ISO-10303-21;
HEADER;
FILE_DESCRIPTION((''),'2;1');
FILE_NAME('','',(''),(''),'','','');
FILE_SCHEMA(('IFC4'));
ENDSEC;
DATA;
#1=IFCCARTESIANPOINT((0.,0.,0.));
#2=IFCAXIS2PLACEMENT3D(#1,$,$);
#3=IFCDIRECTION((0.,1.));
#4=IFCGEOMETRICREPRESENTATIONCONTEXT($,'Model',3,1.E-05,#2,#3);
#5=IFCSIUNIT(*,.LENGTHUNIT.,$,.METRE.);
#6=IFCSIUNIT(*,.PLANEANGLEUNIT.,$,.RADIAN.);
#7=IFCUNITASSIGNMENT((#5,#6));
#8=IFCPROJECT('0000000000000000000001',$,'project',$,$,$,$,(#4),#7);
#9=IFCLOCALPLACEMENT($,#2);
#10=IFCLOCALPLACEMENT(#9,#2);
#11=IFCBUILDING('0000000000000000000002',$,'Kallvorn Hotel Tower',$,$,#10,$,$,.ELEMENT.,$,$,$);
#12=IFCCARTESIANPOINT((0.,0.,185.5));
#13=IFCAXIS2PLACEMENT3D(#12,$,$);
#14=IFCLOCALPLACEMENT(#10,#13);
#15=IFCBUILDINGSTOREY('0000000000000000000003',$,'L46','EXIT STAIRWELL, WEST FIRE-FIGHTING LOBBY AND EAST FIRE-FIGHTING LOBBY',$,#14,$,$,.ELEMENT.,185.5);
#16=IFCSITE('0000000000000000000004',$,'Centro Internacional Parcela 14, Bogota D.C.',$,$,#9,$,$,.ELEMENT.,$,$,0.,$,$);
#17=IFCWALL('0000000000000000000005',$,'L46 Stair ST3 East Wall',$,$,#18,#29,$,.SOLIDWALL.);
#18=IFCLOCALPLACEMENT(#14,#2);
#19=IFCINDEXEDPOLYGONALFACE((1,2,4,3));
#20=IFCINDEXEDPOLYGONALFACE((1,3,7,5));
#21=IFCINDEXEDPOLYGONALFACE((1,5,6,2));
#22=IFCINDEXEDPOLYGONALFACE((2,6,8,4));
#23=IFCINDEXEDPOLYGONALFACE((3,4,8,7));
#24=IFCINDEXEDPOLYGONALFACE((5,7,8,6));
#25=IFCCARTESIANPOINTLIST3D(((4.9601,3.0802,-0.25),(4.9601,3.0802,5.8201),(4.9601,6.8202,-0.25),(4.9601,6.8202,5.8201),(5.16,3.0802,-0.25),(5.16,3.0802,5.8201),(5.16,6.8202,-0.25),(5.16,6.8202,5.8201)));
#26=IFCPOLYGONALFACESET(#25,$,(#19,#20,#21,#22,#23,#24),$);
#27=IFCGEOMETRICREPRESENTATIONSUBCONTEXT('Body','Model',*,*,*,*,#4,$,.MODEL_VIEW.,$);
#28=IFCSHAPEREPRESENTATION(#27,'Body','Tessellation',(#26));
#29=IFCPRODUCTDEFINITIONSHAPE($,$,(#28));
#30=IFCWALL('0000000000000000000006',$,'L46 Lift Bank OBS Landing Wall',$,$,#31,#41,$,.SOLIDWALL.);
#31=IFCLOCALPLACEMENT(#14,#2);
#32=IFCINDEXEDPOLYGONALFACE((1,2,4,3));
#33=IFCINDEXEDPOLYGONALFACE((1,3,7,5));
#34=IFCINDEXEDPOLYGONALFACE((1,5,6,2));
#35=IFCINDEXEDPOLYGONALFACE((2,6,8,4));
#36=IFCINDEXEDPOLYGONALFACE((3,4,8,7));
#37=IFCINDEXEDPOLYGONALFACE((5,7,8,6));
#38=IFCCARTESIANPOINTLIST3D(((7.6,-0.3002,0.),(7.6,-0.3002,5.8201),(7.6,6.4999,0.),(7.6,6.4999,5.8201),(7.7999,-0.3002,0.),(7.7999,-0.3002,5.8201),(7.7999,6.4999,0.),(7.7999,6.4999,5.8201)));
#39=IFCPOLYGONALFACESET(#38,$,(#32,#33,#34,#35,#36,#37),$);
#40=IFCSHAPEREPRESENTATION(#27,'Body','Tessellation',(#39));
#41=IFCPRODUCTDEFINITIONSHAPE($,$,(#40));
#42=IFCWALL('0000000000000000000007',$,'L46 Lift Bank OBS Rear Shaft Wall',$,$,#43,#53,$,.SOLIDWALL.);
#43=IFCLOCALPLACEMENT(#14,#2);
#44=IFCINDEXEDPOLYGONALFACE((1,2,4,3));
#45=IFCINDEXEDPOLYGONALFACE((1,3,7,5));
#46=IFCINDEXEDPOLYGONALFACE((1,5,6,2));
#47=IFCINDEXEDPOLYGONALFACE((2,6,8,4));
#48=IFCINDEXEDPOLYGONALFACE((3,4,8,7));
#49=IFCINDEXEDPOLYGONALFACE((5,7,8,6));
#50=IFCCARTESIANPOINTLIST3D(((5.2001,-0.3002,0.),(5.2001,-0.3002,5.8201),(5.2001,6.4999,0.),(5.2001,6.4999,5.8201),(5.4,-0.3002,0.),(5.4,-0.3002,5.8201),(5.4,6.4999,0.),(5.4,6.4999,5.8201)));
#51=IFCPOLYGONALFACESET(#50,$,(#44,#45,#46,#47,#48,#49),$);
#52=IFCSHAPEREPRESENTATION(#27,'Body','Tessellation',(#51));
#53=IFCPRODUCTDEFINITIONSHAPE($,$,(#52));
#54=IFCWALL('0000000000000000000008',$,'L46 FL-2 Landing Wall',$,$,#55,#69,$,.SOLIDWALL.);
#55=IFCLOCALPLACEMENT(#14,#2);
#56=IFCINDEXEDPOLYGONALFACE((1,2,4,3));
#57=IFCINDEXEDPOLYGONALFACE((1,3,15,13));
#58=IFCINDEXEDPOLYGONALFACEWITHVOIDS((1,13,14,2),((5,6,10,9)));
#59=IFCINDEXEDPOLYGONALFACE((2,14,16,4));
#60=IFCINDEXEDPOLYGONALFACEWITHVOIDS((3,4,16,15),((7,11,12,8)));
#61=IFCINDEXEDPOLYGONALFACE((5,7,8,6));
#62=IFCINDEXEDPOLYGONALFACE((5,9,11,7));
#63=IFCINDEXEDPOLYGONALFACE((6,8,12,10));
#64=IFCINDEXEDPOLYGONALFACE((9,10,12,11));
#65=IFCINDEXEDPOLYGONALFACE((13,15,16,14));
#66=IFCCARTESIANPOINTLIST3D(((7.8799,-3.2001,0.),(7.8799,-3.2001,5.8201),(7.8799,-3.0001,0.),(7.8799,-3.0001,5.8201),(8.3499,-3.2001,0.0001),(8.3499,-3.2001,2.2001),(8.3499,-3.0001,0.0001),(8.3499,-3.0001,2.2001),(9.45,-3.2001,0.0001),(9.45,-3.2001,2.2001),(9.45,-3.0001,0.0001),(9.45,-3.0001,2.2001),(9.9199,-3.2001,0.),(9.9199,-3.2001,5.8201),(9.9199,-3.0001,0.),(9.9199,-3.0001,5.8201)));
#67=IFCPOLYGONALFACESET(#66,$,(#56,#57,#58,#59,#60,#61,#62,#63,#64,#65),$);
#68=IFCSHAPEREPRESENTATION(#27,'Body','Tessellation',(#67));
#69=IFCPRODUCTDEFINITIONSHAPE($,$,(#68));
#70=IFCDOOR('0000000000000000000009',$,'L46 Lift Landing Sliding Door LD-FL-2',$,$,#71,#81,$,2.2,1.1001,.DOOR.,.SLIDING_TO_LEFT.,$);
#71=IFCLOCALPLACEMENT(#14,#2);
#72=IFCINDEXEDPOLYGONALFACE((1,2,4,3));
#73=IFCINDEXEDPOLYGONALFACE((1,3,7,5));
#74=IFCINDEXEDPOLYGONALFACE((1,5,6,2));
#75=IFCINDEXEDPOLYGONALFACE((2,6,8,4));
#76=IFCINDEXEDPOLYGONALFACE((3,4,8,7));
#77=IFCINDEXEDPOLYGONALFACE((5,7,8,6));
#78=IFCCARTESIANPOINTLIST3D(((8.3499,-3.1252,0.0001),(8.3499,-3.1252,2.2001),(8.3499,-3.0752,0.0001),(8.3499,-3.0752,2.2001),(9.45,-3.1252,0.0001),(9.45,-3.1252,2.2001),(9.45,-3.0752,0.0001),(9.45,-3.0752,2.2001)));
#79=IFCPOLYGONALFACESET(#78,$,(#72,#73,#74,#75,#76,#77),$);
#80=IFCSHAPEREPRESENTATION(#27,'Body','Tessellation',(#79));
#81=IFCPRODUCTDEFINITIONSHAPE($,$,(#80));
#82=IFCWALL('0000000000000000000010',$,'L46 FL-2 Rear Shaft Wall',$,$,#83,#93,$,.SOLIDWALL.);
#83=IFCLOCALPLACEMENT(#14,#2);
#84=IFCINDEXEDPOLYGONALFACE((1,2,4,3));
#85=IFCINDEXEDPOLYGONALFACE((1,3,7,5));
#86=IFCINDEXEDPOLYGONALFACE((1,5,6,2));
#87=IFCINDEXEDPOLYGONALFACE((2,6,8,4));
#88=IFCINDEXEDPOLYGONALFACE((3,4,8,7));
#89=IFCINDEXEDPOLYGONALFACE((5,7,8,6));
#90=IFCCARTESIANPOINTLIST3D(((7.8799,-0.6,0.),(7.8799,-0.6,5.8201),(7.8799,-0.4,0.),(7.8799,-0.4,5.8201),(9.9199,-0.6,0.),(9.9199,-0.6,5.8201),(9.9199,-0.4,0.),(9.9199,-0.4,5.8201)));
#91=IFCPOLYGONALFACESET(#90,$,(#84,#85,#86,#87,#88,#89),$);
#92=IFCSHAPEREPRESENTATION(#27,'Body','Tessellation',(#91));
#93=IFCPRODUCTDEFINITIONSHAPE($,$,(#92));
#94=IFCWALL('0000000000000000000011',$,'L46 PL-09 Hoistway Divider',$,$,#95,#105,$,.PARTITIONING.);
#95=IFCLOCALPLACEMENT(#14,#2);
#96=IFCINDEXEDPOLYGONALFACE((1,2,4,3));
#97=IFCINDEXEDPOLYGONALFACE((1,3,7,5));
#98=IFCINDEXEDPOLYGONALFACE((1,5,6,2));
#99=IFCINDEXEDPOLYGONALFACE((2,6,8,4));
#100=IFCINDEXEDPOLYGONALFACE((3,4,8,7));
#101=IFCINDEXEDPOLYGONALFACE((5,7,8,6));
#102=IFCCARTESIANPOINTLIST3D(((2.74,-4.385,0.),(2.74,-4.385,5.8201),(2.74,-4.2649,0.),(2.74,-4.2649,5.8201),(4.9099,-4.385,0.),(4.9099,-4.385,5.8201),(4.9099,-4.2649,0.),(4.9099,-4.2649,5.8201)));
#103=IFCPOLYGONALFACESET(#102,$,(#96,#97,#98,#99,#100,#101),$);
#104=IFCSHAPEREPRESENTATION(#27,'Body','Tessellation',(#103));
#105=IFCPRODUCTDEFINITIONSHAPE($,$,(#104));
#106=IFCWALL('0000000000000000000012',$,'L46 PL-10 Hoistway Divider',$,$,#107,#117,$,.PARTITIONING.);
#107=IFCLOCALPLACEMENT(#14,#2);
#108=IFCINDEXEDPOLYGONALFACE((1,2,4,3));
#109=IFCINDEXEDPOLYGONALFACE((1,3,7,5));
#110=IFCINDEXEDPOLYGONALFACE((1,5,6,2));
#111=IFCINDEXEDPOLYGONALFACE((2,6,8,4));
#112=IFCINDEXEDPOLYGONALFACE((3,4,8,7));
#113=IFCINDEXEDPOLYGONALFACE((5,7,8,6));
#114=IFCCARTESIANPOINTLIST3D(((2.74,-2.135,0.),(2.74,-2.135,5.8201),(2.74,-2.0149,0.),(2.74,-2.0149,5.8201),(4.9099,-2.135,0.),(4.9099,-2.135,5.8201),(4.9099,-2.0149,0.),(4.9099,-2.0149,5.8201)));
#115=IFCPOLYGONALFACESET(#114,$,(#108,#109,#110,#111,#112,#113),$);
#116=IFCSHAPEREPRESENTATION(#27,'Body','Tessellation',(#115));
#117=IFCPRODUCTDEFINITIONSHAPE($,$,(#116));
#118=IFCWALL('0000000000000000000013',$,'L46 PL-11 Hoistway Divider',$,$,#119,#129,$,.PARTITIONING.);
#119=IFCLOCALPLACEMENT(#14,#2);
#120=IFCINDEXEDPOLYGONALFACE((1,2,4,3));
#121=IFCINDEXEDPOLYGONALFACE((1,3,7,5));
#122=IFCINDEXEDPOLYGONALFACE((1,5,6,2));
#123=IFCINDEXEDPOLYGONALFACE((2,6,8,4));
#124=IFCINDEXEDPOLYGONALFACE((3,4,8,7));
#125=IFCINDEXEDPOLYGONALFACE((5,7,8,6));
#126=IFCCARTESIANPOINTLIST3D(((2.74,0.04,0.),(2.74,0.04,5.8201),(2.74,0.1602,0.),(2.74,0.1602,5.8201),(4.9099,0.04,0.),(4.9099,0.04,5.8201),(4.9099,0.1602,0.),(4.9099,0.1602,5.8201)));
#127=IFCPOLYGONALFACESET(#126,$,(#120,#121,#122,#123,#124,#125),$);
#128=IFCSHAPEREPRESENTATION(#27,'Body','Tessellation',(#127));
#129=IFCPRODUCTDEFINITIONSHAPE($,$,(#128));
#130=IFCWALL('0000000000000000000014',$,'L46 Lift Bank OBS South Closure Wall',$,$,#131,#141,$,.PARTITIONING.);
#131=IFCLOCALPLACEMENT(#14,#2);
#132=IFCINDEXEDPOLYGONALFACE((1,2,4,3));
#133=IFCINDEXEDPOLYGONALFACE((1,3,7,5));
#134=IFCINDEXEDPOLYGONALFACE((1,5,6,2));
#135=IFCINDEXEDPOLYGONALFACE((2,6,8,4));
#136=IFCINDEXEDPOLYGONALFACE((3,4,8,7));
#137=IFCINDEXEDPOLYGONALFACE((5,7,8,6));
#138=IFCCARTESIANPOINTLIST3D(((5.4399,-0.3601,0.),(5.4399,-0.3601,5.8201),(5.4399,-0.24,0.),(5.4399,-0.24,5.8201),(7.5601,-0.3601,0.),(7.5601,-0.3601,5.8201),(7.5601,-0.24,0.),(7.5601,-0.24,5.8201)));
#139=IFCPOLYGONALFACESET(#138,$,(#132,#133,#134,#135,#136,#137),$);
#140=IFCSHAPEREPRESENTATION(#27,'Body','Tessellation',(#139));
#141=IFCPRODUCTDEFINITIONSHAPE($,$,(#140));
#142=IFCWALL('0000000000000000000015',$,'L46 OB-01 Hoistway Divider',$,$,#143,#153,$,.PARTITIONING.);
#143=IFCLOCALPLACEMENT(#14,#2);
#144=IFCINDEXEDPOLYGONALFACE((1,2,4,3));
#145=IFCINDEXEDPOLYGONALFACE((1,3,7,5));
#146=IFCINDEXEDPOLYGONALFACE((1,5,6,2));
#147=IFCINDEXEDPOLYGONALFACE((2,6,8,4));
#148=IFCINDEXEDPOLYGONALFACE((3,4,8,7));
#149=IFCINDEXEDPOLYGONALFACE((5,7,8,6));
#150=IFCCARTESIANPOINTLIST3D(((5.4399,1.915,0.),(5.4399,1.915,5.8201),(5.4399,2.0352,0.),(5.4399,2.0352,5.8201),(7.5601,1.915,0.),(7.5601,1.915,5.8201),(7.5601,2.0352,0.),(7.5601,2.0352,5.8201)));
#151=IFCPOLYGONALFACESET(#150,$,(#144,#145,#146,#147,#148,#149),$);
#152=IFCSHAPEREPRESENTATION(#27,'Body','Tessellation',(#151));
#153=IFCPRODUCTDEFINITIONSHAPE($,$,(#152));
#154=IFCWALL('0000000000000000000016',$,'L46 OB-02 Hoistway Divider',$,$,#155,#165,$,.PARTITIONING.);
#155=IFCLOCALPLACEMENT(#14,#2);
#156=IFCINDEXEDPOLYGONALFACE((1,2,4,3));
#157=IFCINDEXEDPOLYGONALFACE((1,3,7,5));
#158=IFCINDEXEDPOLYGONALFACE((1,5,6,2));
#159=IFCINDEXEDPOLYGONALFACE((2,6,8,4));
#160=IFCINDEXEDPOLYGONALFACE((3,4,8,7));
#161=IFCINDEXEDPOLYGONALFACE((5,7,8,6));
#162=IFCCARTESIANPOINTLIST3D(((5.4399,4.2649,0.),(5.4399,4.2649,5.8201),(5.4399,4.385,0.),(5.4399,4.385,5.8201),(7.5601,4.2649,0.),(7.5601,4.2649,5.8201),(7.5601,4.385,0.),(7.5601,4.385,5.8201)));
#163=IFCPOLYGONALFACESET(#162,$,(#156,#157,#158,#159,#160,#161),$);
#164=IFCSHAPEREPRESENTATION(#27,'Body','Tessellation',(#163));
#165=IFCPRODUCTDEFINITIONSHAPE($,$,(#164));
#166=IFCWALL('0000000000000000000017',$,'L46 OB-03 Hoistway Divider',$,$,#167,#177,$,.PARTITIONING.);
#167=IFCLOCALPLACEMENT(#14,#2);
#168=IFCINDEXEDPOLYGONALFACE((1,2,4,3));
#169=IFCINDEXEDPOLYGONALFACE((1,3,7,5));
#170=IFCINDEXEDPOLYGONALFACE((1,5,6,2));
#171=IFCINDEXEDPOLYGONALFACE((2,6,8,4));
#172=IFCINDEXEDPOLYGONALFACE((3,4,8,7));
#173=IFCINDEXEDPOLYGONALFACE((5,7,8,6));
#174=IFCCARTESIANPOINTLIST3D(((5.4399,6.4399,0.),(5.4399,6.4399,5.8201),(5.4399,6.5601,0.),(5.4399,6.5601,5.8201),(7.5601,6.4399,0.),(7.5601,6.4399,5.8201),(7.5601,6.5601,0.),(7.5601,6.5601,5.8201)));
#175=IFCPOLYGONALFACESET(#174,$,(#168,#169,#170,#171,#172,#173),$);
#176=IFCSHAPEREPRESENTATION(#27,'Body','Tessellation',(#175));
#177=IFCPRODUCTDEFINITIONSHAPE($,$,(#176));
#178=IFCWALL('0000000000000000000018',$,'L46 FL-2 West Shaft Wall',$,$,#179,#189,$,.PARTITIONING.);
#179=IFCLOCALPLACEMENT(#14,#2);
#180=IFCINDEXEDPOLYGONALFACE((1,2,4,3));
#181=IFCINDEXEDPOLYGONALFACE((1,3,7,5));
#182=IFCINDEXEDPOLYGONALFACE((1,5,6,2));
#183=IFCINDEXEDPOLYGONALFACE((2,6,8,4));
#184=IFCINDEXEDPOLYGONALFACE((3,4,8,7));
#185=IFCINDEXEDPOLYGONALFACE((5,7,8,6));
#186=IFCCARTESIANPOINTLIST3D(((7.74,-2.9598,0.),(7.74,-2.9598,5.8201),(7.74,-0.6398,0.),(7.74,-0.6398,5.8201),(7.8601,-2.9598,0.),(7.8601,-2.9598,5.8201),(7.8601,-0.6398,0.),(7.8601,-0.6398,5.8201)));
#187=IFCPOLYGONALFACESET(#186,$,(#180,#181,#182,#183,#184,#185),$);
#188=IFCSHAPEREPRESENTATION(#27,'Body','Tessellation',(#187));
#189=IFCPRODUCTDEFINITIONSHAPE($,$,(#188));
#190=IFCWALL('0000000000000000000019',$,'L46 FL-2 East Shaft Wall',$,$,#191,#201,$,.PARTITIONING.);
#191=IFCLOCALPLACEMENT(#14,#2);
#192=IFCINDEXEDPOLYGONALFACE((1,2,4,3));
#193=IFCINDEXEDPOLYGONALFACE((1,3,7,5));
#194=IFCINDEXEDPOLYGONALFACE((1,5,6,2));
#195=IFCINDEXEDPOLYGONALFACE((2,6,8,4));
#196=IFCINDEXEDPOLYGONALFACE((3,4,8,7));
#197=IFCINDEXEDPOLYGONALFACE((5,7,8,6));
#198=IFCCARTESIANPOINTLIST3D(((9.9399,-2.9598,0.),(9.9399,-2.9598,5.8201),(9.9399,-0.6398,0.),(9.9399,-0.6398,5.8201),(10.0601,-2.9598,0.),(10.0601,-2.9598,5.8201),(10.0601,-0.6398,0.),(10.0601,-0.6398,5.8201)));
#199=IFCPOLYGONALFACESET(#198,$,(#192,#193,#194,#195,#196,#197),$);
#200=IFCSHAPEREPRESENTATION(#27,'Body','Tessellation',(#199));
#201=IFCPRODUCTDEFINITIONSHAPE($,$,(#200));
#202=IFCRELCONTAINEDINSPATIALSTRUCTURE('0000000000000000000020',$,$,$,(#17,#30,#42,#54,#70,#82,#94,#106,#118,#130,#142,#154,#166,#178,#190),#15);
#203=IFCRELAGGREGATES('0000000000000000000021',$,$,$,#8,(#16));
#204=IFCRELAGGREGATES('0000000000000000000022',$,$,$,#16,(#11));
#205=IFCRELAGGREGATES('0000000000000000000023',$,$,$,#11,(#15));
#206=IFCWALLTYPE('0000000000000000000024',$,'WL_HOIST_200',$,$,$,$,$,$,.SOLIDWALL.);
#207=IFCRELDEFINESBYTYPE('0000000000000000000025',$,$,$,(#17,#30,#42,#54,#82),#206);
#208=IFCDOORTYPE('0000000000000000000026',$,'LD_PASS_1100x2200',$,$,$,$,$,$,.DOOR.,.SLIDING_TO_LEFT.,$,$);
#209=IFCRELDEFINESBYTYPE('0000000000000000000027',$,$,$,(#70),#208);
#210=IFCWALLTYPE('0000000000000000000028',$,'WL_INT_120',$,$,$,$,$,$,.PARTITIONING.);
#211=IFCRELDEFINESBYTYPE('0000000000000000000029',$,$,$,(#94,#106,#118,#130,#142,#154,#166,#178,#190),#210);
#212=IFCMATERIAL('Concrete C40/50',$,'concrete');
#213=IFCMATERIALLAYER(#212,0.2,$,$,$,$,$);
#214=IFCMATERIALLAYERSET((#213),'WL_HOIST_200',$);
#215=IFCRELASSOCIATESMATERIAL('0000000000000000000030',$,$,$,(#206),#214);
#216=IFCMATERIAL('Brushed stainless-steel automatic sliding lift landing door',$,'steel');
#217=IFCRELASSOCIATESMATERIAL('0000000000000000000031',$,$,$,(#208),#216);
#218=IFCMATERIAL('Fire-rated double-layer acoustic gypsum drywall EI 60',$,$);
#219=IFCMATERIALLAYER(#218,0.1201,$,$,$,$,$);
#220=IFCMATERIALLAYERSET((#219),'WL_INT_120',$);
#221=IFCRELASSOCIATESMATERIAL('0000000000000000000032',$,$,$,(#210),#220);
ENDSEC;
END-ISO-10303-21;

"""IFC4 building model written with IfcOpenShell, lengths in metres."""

from ifc_helpers import new_model, si_unit, direction, frame, frame_2d, origin, place, context, subcontext, project, spatial, rectangle, extrude, material, layer, layer_set, type_object, element, fill, save


model = new_model("IFC4")

# Units and contexts
model_context = context("Model", 3, precision=1e-05, world=origin(), true_north=direction((0.0, 1.0)))
body_context = subcontext(model_context, "Body", "Model", "MODEL_VIEW")
ifc_project = project(units=[si_unit("LENGTHUNIT", "METRE"), si_unit("PLANEANGLEUNIT", "RADIAN")], contexts=[model_context])

# Site, building, storey
site_placement = place(None, origin())
site = spatial("IfcSite", under=ifc_project, at=site_placement, Name="Centro Internacional Parcela 14, Bogota D.C.", CompositionType="ELEMENT", RefElevation=0.0)
building_placement = place(site_placement, origin())
building = spatial("IfcBuilding", under=site, at=building_placement, Name="Kallvorn Hotel Tower", CompositionType="ELEMENT")
storey_placement = place(building_placement, frame((0.0, 0.0, 185.5)))
storey = spatial("IfcBuildingStorey", under=building, at=storey_placement, Name="L46", Description="EXIT STAIRWELL, WEST FIRE-FIGHTING LOBBY AND EAST FIRE-FIGHTING LOBBY", CompositionType="ELEMENT", Elevation=185.5)

# Walls
ifc_material_1 = material(Name="Concrete C40/50", Category="concrete")
ifc_layer_1 = layer(ifc_material_1, 0.2)
ifc_layer_set_1 = layer_set([ifc_layer_1], Name="WL_HOIST_200")
wall_type_1 = type_object("IfcWallType", Name="WL_HOIST_200", PredefinedType="SOLIDWALL", material=ifc_layer_set_1)
wall_1_placement = place(storey_placement, frame((5.0601, 3.0801, -0.25), z_axis=(0.0, 0.0, 1.0), x_axis=(0.0, 1.0, 0.0)))
element("IfcWall", 1, at=wall_1_placement, inside=storey, type_object=wall_type_1, Name="L46 Stair ST3 East Wall", PredefinedType="SOLIDWALL", context=body_context, shape_type="SweptSolid", body=[
    extrude(rectangle(XDim=3.74, YDim=0.2, at=frame_2d((1.8701, 0.0))), origin(), (0.0, 0.0, 1.0), 6.0701),
])
for number, where, z_axis, x_axis, name in (
    (2, (7.7, -0.3, 0.0), (0.0, 0.0, 1.0), (0.0, 1.0, 0.0), "L46 Lift Bank OBS Landing Wall"),
    (3, (5.3, -0.3, 0.0), (0.0, 0.0, 1.0), (0.0, 1.0, 0.0), "L46 Lift Bank OBS Rear Shaft Wall"),
):
    element("IfcWall", number, at=place(storey_placement, frame(where, z_axis=z_axis, x_axis=x_axis)), inside=storey, type_object=wall_type_1, Name=name, PredefinedType="SOLIDWALL", context=body_context, shape_type="SweptSolid", body=[
        extrude(rectangle(XDim=6.8, YDim=0.2, at=frame_2d((3.3999, 0.0))), origin(), (0.0, 0.0, 1.0), 5.8201),
    ])

# Wall, opening, door
wall_2_placement = place(storey_placement, frame((7.8799, -3.1001, 0.0), z_axis=(0.0, 0.0, 1.0), x_axis=(1.0, 0.0, 0.0)))
wall_2 = element("IfcWall", 4, at=wall_2_placement, inside=storey, type_object=wall_type_1, Name="L46 FL-2 Landing Wall", PredefinedType="SOLIDWALL", context=body_context, shape_type="SweptSolid", body=[
    extrude(rectangle(XDim=2.04, YDim=0.2, at=frame_2d((1.02, 0.0))), origin(), (0.0, 0.0, 1.0), 5.8201),
])
opening_1_placement = place(wall_2_placement, frame((0.47, 0.0, 0.0)))
opening_1 = element("IfcOpeningElement", 5, at=opening_1_placement, cuts=wall_2, PredefinedType="OPENING", context=body_context, shape_type="SweptSolid", body=[
    extrude(rectangle(XDim=1.1001, YDim=2.2, at=frame_2d((0.55, 1.1001))), frame((0.0, 0.115, 0.0), z_axis=(0.0, -1.0, 0.0), x_axis=(1.0, 0.0, 0.0)), (0.0, 0.0, 1.0), 0.23),
])
ifc_material_2 = material(Name="Brushed stainless-steel automatic sliding lift landing door", Category="steel")
door_type_1 = type_object("IfcDoorType", Name="LD_PASS_1100x2200", OperationType="SLIDING_TO_LEFT", PredefinedType="DOOR", material=ifc_material_2)
door_1_placement = place(opening_1_placement, origin())
door_1 = element("IfcDoor", 6, at=door_1_placement, inside=storey, type_object=door_type_1, Name="L46 Lift Landing Sliding Door LD-FL-2", OperationType="SLIDING_TO_LEFT", OverallHeight=2.2, OverallWidth=1.1001, PredefinedType="DOOR", context=body_context, shape_type="SweptSolid", body=[
    extrude(rectangle(XDim=1.1001, YDim=2.2, at=frame_2d((0.55, 1.1001))), frame((0.0, 0.0249, 0.0), z_axis=(0.0, -1.0, 0.0), x_axis=(1.0, 0.0, 0.0)), (0.0, 0.0, 1.0), 0.05),
])
fill(opening_1, door_1)

# Walls
wall_3_placement = place(storey_placement, frame((7.8799, -0.5, 0.0), z_axis=(0.0, 0.0, 1.0), x_axis=(1.0, 0.0, 0.0)))
element("IfcWall", 7, at=wall_3_placement, inside=storey, type_object=wall_type_1, Name="L46 FL-2 Rear Shaft Wall", PredefinedType="SOLIDWALL", context=body_context, shape_type="SweptSolid", body=[
    extrude(rectangle(XDim=2.04, YDim=0.2, at=frame_2d((1.02, 0.0))), origin(), (0.0, 0.0, 1.0), 5.8201),
])
ifc_material_3 = material(Name="Fire-rated double-layer acoustic gypsum drywall EI 60")
ifc_layer_2 = layer(ifc_material_3, 0.1201)
ifc_layer_set_2 = layer_set([ifc_layer_2], Name="WL_INT_120")
wall_type_2 = type_object("IfcWallType", Name="WL_INT_120", PredefinedType="PARTITIONING", material=ifc_layer_set_2)
for number, where, z_axis, x_axis, name in (
    (8, (2.74, -4.325, 0.0), (0.0, 0.0, 1.0), (1.0, 0.0, 0.0), "L46 PL-09 Hoistway Divider"),
    (9, (2.74, -2.075, 0.0), (0.0, 0.0, 1.0), (1.0, 0.0, 0.0), "L46 PL-10 Hoistway Divider"),
    (10, (2.74, 0.1001, 0.0), (0.0, 0.0, 1.0), (1.0, 0.0, 0.0), "L46 PL-11 Hoistway Divider"),
):
    element("IfcWall", number, at=place(storey_placement, frame(where, z_axis=z_axis, x_axis=x_axis)), inside=storey, type_object=wall_type_2, Name=name, PredefinedType="PARTITIONING", context=body_context, shape_type="SweptSolid", body=[
        extrude(rectangle(XDim=2.1699, YDim=0.1201, at=frame_2d((1.085, 0.0))), origin(), (0.0, 0.0, 1.0), 5.8201),
    ])
for number, where, z_axis, x_axis, name in (
    (11, (5.4399, -0.3, 0.0), (0.0, 0.0, 1.0), (1.0, 0.0, 0.0), "L46 Lift Bank OBS South Closure Wall"),
    (12, (5.4399, 1.9751, 0.0), (0.0, 0.0, 1.0), (1.0, 0.0, 0.0), "L46 OB-01 Hoistway Divider"),
    (13, (5.4399, 4.325, 0.0), (0.0, 0.0, 1.0), (1.0, 0.0, 0.0), "L46 OB-02 Hoistway Divider"),
    (14, (5.4399, 6.5, 0.0), (0.0, 0.0, 1.0), (1.0, 0.0, 0.0), "L46 OB-03 Hoistway Divider"),
):
    element("IfcWall", number, at=place(storey_placement, frame(where, z_axis=z_axis, x_axis=x_axis)), inside=storey, type_object=wall_type_2, Name=name, PredefinedType="PARTITIONING", context=body_context, shape_type="SweptSolid", body=[
        extrude(rectangle(XDim=2.1201, YDim=0.1201, at=frame_2d((1.0601, 0.0))), origin(), (0.0, 0.0, 1.0), 5.8201),
    ])
for number, where, z_axis, x_axis, name in (
    (15, (7.8, -2.96, 0.0), (0.0, 0.0, 1.0), (0.0, 1.0, 0.0), "L46 FL-2 West Shaft Wall"),
    (16, (10.0, -2.96, 0.0), (0.0, 0.0, 1.0), (0.0, 1.0, 0.0), "L46 FL-2 East Shaft Wall"),
):
    element("IfcWall", number, at=place(storey_placement, frame(where, z_axis=z_axis, x_axis=x_axis)), inside=storey, type_object=wall_type_2, Name=name, PredefinedType="PARTITIONING", context=body_context, shape_type="SweptSolid", body=[
        extrude(rectangle(XDim=2.3201, YDim=0.1201, at=frame_2d((1.1602, 0.0))), origin(), (0.0, 0.0, 1.0), 5.8201),
    ])

save(model, "model.ifc")
